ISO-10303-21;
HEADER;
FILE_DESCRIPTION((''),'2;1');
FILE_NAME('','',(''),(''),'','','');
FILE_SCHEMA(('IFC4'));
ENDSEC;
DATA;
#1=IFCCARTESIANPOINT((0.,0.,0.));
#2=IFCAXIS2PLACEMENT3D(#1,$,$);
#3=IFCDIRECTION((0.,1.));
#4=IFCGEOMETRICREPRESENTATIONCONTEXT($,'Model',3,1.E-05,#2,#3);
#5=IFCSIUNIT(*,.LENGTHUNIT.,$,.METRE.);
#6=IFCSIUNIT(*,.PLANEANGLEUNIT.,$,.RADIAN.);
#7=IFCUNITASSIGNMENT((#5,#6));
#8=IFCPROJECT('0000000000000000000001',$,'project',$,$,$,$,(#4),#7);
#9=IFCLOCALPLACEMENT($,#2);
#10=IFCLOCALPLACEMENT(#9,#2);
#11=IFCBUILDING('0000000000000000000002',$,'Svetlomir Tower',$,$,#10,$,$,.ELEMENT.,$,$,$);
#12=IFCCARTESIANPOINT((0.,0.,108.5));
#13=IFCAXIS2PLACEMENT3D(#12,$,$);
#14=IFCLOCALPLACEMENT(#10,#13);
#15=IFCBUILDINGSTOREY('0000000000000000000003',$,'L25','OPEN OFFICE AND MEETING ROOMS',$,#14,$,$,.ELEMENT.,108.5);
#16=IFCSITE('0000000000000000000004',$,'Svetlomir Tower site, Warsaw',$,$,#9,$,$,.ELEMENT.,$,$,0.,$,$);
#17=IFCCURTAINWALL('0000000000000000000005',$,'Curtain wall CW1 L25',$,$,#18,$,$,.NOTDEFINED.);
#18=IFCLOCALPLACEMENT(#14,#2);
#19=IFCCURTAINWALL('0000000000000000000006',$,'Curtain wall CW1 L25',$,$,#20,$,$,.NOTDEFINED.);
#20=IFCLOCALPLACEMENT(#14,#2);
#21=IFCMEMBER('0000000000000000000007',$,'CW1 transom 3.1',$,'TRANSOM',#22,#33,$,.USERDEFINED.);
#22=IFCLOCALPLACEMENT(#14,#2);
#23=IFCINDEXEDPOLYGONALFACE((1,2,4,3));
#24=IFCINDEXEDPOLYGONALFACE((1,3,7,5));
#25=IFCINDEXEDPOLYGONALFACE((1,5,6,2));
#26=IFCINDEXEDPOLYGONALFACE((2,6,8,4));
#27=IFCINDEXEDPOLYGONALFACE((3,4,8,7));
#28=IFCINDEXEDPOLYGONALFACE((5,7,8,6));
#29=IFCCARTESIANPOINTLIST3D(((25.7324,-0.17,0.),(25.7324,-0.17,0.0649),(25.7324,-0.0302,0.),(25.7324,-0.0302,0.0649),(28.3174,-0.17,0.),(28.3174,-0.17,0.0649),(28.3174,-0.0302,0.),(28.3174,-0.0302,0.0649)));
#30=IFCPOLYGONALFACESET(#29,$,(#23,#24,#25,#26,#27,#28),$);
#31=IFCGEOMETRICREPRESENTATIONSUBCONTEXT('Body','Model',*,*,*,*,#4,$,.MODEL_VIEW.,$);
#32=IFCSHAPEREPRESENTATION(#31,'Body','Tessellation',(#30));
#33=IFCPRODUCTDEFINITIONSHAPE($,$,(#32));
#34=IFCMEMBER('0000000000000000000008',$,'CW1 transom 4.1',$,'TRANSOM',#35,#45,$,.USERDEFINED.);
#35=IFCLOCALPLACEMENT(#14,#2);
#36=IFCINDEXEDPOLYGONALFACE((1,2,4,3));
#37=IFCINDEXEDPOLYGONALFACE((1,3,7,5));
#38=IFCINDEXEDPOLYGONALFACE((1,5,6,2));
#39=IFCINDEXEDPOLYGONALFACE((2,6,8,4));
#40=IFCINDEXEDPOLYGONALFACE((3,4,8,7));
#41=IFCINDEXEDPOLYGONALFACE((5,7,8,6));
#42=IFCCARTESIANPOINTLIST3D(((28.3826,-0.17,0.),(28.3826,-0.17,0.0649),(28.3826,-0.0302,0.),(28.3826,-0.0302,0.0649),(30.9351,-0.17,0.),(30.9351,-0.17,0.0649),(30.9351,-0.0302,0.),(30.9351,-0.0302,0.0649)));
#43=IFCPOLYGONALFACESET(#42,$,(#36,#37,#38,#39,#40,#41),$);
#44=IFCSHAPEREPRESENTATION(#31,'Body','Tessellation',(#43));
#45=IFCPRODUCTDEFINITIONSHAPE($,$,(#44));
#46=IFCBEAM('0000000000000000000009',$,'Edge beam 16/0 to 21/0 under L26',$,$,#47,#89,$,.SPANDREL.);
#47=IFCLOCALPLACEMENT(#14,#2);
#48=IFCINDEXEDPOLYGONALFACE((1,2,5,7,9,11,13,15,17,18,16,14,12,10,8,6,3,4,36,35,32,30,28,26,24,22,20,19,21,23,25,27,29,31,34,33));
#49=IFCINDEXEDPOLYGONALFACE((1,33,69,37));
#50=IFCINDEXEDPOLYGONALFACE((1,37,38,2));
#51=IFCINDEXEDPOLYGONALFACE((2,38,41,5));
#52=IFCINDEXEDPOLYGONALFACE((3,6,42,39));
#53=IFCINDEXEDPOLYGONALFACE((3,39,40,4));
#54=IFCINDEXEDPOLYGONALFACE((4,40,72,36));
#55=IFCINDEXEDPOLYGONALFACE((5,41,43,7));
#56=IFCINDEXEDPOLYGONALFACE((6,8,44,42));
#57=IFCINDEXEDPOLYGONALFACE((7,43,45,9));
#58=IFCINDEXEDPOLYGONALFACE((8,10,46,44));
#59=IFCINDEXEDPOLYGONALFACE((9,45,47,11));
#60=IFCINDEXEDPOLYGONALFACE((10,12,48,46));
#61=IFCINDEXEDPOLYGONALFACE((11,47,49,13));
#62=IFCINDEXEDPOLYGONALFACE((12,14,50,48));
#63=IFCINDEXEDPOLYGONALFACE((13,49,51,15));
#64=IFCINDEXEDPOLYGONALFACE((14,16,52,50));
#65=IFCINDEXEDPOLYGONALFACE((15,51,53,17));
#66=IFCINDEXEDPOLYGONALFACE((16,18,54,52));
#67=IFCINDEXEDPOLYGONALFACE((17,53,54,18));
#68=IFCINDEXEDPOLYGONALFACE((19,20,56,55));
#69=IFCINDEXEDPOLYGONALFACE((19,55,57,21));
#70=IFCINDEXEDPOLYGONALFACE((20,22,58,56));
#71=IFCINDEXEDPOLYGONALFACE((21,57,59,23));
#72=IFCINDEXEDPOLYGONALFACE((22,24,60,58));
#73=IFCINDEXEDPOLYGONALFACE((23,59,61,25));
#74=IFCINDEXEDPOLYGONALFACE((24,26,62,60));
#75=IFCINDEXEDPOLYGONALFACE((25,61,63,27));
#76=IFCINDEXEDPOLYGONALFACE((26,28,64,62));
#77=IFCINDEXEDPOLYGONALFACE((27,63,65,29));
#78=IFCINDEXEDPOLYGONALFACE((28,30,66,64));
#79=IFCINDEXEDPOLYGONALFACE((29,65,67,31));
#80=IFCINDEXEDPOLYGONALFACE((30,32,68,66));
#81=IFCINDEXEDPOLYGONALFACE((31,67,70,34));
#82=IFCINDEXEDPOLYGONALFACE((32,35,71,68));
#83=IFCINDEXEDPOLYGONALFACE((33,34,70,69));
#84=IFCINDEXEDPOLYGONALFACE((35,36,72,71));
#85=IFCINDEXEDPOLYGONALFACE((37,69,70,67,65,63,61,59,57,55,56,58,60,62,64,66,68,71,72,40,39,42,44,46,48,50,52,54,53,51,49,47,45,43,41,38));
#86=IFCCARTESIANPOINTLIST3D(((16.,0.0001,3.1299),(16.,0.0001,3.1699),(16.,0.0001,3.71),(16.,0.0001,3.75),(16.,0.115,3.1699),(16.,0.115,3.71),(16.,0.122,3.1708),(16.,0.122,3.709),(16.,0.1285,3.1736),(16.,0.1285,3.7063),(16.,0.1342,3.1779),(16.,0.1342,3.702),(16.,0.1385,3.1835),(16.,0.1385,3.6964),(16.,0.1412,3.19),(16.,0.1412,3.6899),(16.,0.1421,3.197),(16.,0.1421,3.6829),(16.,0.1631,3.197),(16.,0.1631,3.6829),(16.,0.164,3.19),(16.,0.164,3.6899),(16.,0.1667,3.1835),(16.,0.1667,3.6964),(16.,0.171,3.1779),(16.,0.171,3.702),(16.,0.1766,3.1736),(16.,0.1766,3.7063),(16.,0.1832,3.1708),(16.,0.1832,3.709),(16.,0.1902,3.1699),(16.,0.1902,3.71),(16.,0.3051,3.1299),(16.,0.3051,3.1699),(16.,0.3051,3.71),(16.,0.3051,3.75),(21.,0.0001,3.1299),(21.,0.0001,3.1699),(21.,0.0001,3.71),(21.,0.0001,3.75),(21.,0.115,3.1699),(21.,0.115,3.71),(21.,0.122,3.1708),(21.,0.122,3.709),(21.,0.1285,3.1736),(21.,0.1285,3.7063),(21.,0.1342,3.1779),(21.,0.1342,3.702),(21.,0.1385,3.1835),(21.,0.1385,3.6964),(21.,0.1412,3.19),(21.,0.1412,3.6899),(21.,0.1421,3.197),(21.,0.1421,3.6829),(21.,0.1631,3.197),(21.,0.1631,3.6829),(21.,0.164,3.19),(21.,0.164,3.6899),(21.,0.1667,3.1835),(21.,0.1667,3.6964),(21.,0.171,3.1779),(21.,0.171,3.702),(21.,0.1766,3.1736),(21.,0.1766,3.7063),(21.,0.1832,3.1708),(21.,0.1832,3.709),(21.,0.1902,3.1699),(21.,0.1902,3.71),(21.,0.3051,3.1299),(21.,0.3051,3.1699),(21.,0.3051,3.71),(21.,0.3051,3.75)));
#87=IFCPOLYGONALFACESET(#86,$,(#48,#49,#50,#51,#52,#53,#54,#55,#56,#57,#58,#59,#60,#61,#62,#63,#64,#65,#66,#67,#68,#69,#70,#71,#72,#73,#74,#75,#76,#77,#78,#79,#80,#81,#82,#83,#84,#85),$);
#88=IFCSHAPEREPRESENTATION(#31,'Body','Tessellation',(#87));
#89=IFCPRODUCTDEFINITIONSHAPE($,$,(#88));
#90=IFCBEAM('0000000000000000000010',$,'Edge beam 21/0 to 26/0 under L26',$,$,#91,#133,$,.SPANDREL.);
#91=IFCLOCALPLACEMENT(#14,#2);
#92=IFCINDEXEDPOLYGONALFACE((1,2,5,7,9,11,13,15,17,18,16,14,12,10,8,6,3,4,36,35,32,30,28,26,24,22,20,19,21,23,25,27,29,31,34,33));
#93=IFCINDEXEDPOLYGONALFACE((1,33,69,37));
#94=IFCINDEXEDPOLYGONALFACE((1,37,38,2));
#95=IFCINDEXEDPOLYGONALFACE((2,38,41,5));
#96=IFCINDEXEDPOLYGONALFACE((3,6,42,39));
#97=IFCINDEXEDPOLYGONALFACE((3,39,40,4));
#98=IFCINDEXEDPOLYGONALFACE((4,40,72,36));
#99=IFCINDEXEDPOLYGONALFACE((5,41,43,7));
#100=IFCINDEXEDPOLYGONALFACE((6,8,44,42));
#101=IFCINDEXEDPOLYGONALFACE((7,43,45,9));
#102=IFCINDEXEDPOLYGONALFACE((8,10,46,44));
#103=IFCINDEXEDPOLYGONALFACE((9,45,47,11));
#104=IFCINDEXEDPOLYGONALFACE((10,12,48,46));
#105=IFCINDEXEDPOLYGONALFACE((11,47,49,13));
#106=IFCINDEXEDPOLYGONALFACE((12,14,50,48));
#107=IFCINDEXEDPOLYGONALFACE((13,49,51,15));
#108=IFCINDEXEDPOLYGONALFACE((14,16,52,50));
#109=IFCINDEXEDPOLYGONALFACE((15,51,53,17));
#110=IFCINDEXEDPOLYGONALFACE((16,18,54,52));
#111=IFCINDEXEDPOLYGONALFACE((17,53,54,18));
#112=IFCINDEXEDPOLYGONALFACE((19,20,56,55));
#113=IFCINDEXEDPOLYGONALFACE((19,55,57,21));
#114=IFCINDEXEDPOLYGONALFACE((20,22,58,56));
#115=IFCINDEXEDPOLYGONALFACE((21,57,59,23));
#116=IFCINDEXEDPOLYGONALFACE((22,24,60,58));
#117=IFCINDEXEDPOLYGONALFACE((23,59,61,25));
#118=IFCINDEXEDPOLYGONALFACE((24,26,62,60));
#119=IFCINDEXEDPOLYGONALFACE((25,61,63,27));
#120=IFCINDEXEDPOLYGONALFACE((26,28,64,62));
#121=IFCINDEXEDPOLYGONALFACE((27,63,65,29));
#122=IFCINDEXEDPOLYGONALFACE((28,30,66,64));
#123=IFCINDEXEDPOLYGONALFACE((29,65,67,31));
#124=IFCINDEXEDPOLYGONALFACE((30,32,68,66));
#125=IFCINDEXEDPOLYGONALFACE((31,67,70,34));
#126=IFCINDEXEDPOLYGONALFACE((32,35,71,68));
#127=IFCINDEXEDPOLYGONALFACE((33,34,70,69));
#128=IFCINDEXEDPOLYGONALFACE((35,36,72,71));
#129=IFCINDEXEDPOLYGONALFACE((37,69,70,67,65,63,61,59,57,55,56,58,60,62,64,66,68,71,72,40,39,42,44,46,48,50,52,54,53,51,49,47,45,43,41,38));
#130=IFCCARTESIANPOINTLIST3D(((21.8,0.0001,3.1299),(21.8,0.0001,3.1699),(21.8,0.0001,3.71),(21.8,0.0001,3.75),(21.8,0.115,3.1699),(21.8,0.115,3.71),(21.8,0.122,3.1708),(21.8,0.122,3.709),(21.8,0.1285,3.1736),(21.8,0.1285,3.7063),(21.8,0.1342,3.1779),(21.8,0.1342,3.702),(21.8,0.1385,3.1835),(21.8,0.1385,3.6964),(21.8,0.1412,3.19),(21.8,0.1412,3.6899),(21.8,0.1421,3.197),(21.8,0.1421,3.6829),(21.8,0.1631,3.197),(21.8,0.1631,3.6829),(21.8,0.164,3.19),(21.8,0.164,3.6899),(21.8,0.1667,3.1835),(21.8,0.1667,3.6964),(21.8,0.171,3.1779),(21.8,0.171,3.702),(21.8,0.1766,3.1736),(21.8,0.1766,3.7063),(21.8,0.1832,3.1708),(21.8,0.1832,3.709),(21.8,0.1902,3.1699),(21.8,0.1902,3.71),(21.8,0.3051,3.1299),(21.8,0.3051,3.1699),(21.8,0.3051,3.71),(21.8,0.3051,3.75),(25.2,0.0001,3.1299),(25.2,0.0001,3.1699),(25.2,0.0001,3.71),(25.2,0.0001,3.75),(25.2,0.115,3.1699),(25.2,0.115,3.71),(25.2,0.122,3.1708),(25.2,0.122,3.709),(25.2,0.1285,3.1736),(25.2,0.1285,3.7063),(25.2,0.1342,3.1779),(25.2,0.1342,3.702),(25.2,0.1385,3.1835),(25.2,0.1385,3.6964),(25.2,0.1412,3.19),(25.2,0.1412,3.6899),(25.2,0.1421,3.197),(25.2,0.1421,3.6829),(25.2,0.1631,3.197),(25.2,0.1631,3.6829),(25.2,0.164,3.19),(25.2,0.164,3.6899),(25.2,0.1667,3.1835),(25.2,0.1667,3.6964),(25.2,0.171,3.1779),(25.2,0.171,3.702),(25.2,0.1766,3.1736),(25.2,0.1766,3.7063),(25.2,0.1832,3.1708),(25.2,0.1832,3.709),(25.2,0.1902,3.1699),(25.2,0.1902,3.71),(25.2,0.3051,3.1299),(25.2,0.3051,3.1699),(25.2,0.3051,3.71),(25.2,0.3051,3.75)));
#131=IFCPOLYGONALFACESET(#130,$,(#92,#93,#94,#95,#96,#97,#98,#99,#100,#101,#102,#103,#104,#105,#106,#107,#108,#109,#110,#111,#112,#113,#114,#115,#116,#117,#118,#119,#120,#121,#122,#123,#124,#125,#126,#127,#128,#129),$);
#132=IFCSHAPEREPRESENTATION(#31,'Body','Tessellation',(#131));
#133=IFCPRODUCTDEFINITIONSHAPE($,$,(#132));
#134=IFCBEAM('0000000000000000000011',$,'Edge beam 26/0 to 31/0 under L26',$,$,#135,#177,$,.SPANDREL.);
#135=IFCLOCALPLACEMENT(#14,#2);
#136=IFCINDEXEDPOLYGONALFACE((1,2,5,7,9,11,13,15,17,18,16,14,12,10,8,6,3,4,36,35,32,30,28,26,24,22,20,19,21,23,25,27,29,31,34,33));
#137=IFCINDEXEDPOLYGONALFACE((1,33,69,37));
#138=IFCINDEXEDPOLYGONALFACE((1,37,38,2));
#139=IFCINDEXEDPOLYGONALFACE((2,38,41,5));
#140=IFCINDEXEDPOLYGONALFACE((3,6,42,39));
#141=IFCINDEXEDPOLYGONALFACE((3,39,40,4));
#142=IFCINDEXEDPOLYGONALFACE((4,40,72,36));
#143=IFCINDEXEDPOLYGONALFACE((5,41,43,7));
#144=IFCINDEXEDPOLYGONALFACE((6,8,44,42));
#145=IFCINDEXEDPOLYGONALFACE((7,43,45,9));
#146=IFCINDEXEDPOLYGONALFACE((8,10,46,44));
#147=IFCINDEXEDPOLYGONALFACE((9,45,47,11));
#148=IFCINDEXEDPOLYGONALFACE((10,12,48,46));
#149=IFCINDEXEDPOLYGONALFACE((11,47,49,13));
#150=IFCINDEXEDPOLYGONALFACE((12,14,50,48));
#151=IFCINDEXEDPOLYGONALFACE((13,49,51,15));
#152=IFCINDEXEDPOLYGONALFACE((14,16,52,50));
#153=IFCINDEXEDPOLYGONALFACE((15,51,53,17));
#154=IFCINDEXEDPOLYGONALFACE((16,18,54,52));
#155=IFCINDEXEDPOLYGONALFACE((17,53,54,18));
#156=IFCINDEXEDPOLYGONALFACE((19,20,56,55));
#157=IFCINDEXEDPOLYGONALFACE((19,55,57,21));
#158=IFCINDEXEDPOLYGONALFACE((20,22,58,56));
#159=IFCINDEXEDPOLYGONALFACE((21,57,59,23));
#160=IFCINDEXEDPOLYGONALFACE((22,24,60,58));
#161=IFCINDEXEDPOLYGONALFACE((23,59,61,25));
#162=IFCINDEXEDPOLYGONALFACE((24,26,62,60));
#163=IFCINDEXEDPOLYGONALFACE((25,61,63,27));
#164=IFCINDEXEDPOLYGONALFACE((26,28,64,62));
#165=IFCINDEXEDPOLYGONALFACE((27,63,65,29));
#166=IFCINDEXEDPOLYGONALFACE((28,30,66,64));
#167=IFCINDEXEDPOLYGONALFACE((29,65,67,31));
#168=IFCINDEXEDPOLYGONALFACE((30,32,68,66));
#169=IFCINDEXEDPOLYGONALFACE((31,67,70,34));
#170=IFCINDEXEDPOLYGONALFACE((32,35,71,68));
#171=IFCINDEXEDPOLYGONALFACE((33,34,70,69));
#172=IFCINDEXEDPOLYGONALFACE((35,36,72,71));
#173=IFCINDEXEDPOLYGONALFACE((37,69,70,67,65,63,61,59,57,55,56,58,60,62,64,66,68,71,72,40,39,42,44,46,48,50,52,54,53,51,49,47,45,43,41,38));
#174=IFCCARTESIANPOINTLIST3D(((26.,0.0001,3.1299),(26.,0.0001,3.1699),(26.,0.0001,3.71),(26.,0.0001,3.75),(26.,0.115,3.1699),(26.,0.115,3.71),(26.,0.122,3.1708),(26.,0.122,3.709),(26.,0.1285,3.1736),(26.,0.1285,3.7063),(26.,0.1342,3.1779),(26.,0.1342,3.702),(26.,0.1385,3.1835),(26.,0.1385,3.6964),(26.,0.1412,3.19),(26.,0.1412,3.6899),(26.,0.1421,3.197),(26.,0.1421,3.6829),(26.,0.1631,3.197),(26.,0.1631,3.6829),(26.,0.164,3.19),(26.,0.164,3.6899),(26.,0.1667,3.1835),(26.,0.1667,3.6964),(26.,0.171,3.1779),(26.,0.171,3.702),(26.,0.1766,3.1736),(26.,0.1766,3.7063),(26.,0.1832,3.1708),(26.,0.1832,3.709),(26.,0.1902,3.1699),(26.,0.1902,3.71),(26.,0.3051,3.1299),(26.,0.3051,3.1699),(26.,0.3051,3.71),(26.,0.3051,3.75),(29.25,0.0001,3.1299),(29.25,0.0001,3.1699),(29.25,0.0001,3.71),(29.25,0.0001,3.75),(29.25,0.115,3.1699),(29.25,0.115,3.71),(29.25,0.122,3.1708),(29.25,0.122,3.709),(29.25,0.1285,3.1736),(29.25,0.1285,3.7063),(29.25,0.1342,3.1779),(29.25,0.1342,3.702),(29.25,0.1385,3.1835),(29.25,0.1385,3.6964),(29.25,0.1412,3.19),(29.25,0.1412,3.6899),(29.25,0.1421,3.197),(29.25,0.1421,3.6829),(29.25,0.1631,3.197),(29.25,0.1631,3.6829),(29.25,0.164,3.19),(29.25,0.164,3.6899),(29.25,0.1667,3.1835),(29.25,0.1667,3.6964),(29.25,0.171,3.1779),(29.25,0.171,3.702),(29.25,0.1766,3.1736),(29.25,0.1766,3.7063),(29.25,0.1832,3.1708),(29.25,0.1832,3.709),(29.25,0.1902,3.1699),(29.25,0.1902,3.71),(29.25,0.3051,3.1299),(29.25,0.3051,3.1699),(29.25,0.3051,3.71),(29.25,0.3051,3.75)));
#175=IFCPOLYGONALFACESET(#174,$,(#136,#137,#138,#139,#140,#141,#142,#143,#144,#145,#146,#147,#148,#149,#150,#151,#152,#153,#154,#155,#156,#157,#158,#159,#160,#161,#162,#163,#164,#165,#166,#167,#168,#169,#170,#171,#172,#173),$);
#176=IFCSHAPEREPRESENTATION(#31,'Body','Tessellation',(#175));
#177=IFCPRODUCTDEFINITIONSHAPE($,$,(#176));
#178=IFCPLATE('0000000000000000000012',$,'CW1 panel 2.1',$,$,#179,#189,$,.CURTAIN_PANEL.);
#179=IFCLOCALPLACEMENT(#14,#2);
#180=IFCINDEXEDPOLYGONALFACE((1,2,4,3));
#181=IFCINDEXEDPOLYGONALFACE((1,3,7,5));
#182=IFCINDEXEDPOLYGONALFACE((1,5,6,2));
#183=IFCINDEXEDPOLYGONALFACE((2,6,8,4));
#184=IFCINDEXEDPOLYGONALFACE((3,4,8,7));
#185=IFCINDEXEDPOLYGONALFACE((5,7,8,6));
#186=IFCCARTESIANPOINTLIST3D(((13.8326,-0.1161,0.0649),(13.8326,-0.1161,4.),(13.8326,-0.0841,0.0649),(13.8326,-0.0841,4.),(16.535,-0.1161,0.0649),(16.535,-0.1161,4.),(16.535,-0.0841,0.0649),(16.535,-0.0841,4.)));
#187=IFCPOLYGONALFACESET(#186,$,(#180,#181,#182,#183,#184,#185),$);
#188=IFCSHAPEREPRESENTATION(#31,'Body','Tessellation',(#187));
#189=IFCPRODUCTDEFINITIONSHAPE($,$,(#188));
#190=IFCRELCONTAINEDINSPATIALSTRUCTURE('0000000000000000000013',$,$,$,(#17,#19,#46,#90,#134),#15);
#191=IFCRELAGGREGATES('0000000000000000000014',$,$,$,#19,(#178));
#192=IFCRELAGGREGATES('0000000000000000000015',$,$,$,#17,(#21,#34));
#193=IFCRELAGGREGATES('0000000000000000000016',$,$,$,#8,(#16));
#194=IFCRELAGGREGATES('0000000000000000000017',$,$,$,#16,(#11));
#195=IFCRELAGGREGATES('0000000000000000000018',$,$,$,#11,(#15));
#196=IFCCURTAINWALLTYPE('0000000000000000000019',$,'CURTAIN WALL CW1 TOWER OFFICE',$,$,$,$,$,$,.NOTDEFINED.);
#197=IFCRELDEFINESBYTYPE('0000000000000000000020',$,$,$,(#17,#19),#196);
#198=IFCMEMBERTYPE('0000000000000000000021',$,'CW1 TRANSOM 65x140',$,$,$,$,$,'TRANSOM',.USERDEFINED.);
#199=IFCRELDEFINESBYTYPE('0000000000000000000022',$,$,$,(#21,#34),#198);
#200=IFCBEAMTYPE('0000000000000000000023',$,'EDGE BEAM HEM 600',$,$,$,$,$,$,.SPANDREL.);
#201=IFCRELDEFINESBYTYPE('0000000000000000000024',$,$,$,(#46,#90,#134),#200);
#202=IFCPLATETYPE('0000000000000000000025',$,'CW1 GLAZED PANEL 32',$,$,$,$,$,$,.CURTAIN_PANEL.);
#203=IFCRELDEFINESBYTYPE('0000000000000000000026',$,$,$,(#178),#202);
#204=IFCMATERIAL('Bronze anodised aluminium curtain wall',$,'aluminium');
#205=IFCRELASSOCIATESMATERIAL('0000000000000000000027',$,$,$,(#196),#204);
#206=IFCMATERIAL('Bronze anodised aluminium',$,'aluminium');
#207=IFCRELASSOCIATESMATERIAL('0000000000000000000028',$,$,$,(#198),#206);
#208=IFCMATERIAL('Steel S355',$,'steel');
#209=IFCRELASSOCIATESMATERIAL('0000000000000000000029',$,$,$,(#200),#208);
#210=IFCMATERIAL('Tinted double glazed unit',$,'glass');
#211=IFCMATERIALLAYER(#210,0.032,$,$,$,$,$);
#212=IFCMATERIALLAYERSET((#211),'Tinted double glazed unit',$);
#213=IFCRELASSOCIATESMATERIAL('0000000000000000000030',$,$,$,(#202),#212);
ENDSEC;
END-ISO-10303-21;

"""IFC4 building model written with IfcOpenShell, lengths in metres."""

from ifc_helpers import new_model, si_unit, direction, frame, origin, origin_2d, place, context, subcontext, project, spatial, rectangle, i_section, extrude, material, layer, layer_set, material_profile, profile_set, type_object, element, aggregate, save


model = new_model("IFC4")

# Units and contexts
model_context = context("Model", 3, precision=1e-05, world=origin(), true_north=direction((0.0, 1.0)))
body_context = subcontext(model_context, "Body", "Model", "MODEL_VIEW")
ifc_project = project(units=[si_unit("LENGTHUNIT", "METRE"), si_unit("PLANEANGLEUNIT", "RADIAN")], contexts=[model_context])

# Site, building, storey
site_placement = place(None, origin())
site = spatial("IfcSite", under=ifc_project, at=site_placement, Name="Svetlomir Tower site, Warsaw", CompositionType="ELEMENT", RefElevation=0.0)
building_placement = place(site_placement, origin())
building = spatial("IfcBuilding", under=site, at=building_placement, Name="Svetlomir Tower", CompositionType="ELEMENT")
storey_placement = place(building_placement, frame((0.0, 0.0, 108.5)))
storey = spatial("IfcBuildingStorey", under=building, at=storey_placement, Name="L25", Description="OPEN OFFICE AND MEETING ROOMS", CompositionType="ELEMENT", Elevation=108.5)

# Curtain wall
ifc_material_1 = material(Name="Bronze anodised aluminium curtain wall", Category="aluminium")
curtain_wall_type = type_object("IfcCurtainWallType", Name="CURTAIN WALL CW1 TOWER OFFICE", PredefinedType="NOTDEFINED", material=ifc_material_1)
curtain_wall_1_placement = place(storey_placement, origin())
curtain_wall_1 = element("IfcCurtainWall", 1, at=curtain_wall_1_placement, inside=storey, type_object=curtain_wall_type, Name="Curtain wall CW1 L25", PredefinedType="NOTDEFINED")

# Curtain wall
curtain_wall_2_placement = place(storey_placement, origin())
curtain_wall_2 = element("IfcCurtainWall", 2, at=curtain_wall_2_placement, inside=storey, type_object=curtain_wall_type, Name="Curtain wall CW1 L25", PredefinedType="NOTDEFINED")

# Members
ifc_material_2 = material(Name="Bronze anodised aluminium", Category="aluminium")
ifc_material_profile_1 = material_profile(ifc_material_2, rectangle(XDim=0.1399, YDim=0.0649, at=origin_2d()), Name="AL 140x65")
ifc_profile_set_1 = profile_set([ifc_material_profile_1], Name="Bronze anodised aluminium 6063-T6")
member_type_1 = type_object("IfcMemberType", Name="CW1 TRANSOM 65x140", ElementType="TRANSOM", PredefinedType="USERDEFINED", material=ifc_profile_set_1)
member_1_placement = place(storey_placement, frame((25.7324, -0.1001, 0.0325), z_axis=(1.0, 0.0, 0.0), x_axis=(0.0, 1.0, 0.0)))
member_1 = element("IfcMember", 3, at=member_1_placement, type_object=member_type_1, Name="CW1 transom 3.1", ObjectType="TRANSOM", PredefinedType="USERDEFINED", context=body_context, shape_type="SweptSolid", body=[
    extrude(rectangle(XDim=0.1399, YDim=0.0649, at=origin_2d()), origin(), (0.0, 0.0, 1.0), 2.585),
])
member_2_placement = place(storey_placement, frame((28.3826, -0.1001, 0.0325), z_axis=(1.0, 0.0, 0.0), x_axis=(0.0, 1.0, 0.0)))
member_2 = element("IfcMember", 4, at=member_2_placement, type_object=member_type_1, Name="CW1 transom 4.1", ObjectType="TRANSOM", PredefinedType="USERDEFINED", context=body_context, shape_type="SweptSolid", body=[
    extrude(rectangle(XDim=0.1399, YDim=0.0649, at=origin_2d()), origin(), (0.0, 0.0, 1.0), 2.5525),
])

# Beams
ifc_material_3 = material(Name="Steel S355", Category="steel")
ifc_material_profile_2 = material_profile(ifc_material_3, i_section(OverallWidth=0.3049, OverallDepth=0.6201, WebThickness=0.021, FlangeThickness=0.04, FilletRadius=0.0271, at=origin_2d()), Name="HEM 600")
ifc_profile_set_2 = profile_set([ifc_material_profile_2], Name="Steel S355")
beam_type_1 = type_object("IfcBeamType", Name="EDGE BEAM HEM 600", PredefinedType="SPANDREL", material=ifc_profile_set_2)
beam_1_placement = place(storey_placement, frame((16.0, 0.1526, 3.4399), z_axis=(1.0, 0.0, 0.0), x_axis=(0.0, 1.0, 0.0)))
element("IfcBeam", 5, at=beam_1_placement, inside=storey, type_object=beam_type_1, Name="Edge beam 16/0 to 21/0 under L26", PredefinedType="SPANDREL", context=body_context, shape_type="SweptSolid", body=[
    extrude(i_section(OverallWidth=0.3049, OverallDepth=0.6201, WebThickness=0.021, FlangeThickness=0.04, FilletRadius=0.0271, at=origin_2d()), origin(), (0.0, 0.0, 1.0), 5.0),
])
beam_2_placement = place(storey_placement, frame((21.8, 0.1526, 3.4399), z_axis=(1.0, 0.0, 0.0), x_axis=(0.0, 1.0, 0.0)))
element("IfcBeam", 6, at=beam_2_placement, inside=storey, type_object=beam_type_1, Name="Edge beam 21/0 to 26/0 under L26", PredefinedType="SPANDREL", context=body_context, shape_type="SweptSolid", body=[
    extrude(i_section(OverallWidth=0.3049, OverallDepth=0.6201, WebThickness=0.021, FlangeThickness=0.04, FilletRadius=0.0271, at=origin_2d()), origin(), (0.0, 0.0, 1.0), 3.3999),
])
beam_3_placement = place(storey_placement, frame((26.0, 0.1526, 3.4399), z_axis=(1.0, 0.0, 0.0), x_axis=(0.0, 1.0, 0.0)))
element("IfcBeam", 7, at=beam_3_placement, inside=storey, type_object=beam_type_1, Name="Edge beam 26/0 to 31/0 under L26", PredefinedType="SPANDREL", context=body_context, shape_type="SweptSolid", body=[
    extrude(i_section(OverallWidth=0.3049, OverallDepth=0.6201, WebThickness=0.021, FlangeThickness=0.04, FilletRadius=0.0271, at=origin_2d()), origin(), (0.0, 0.0, 1.0), 3.25),
])

# Plate
ifc_material_4 = material(Name="Tinted double glazed unit", Category="glass")
ifc_layer_1 = layer(ifc_material_4, 0.032)
ifc_layer_set_1 = layer_set([ifc_layer_1], Name="Tinted double glazed unit")
plate_type = type_object("IfcPlateType", Name="CW1 GLAZED PANEL 32", PredefinedType="CURTAIN_PANEL", material=ifc_layer_set_1)
plate_1_placement = place(storey_placement, frame((15.1838, -0.1001, 0.0649), z_axis=(0.0, 0.0, 1.0), x_axis=(1.0, 0.0, 0.0)))
plate_1 = element("IfcPlate", 8, at=plate_1_placement, type_object=plate_type, Name="CW1 panel 2.1", PredefinedType="CURTAIN_PANEL", context=body_context, shape_type="SweptSolid", body=[
    extrude(rectangle(XDim=2.7024, YDim=0.032, at=origin_2d()), origin(), (0.0, 0.0, 1.0), 3.9351),
])
aggregate(curtain_wall_2, [plate_1])
aggregate(curtain_wall_1, [member_1, member_2])

save(model, "model.ifc")
